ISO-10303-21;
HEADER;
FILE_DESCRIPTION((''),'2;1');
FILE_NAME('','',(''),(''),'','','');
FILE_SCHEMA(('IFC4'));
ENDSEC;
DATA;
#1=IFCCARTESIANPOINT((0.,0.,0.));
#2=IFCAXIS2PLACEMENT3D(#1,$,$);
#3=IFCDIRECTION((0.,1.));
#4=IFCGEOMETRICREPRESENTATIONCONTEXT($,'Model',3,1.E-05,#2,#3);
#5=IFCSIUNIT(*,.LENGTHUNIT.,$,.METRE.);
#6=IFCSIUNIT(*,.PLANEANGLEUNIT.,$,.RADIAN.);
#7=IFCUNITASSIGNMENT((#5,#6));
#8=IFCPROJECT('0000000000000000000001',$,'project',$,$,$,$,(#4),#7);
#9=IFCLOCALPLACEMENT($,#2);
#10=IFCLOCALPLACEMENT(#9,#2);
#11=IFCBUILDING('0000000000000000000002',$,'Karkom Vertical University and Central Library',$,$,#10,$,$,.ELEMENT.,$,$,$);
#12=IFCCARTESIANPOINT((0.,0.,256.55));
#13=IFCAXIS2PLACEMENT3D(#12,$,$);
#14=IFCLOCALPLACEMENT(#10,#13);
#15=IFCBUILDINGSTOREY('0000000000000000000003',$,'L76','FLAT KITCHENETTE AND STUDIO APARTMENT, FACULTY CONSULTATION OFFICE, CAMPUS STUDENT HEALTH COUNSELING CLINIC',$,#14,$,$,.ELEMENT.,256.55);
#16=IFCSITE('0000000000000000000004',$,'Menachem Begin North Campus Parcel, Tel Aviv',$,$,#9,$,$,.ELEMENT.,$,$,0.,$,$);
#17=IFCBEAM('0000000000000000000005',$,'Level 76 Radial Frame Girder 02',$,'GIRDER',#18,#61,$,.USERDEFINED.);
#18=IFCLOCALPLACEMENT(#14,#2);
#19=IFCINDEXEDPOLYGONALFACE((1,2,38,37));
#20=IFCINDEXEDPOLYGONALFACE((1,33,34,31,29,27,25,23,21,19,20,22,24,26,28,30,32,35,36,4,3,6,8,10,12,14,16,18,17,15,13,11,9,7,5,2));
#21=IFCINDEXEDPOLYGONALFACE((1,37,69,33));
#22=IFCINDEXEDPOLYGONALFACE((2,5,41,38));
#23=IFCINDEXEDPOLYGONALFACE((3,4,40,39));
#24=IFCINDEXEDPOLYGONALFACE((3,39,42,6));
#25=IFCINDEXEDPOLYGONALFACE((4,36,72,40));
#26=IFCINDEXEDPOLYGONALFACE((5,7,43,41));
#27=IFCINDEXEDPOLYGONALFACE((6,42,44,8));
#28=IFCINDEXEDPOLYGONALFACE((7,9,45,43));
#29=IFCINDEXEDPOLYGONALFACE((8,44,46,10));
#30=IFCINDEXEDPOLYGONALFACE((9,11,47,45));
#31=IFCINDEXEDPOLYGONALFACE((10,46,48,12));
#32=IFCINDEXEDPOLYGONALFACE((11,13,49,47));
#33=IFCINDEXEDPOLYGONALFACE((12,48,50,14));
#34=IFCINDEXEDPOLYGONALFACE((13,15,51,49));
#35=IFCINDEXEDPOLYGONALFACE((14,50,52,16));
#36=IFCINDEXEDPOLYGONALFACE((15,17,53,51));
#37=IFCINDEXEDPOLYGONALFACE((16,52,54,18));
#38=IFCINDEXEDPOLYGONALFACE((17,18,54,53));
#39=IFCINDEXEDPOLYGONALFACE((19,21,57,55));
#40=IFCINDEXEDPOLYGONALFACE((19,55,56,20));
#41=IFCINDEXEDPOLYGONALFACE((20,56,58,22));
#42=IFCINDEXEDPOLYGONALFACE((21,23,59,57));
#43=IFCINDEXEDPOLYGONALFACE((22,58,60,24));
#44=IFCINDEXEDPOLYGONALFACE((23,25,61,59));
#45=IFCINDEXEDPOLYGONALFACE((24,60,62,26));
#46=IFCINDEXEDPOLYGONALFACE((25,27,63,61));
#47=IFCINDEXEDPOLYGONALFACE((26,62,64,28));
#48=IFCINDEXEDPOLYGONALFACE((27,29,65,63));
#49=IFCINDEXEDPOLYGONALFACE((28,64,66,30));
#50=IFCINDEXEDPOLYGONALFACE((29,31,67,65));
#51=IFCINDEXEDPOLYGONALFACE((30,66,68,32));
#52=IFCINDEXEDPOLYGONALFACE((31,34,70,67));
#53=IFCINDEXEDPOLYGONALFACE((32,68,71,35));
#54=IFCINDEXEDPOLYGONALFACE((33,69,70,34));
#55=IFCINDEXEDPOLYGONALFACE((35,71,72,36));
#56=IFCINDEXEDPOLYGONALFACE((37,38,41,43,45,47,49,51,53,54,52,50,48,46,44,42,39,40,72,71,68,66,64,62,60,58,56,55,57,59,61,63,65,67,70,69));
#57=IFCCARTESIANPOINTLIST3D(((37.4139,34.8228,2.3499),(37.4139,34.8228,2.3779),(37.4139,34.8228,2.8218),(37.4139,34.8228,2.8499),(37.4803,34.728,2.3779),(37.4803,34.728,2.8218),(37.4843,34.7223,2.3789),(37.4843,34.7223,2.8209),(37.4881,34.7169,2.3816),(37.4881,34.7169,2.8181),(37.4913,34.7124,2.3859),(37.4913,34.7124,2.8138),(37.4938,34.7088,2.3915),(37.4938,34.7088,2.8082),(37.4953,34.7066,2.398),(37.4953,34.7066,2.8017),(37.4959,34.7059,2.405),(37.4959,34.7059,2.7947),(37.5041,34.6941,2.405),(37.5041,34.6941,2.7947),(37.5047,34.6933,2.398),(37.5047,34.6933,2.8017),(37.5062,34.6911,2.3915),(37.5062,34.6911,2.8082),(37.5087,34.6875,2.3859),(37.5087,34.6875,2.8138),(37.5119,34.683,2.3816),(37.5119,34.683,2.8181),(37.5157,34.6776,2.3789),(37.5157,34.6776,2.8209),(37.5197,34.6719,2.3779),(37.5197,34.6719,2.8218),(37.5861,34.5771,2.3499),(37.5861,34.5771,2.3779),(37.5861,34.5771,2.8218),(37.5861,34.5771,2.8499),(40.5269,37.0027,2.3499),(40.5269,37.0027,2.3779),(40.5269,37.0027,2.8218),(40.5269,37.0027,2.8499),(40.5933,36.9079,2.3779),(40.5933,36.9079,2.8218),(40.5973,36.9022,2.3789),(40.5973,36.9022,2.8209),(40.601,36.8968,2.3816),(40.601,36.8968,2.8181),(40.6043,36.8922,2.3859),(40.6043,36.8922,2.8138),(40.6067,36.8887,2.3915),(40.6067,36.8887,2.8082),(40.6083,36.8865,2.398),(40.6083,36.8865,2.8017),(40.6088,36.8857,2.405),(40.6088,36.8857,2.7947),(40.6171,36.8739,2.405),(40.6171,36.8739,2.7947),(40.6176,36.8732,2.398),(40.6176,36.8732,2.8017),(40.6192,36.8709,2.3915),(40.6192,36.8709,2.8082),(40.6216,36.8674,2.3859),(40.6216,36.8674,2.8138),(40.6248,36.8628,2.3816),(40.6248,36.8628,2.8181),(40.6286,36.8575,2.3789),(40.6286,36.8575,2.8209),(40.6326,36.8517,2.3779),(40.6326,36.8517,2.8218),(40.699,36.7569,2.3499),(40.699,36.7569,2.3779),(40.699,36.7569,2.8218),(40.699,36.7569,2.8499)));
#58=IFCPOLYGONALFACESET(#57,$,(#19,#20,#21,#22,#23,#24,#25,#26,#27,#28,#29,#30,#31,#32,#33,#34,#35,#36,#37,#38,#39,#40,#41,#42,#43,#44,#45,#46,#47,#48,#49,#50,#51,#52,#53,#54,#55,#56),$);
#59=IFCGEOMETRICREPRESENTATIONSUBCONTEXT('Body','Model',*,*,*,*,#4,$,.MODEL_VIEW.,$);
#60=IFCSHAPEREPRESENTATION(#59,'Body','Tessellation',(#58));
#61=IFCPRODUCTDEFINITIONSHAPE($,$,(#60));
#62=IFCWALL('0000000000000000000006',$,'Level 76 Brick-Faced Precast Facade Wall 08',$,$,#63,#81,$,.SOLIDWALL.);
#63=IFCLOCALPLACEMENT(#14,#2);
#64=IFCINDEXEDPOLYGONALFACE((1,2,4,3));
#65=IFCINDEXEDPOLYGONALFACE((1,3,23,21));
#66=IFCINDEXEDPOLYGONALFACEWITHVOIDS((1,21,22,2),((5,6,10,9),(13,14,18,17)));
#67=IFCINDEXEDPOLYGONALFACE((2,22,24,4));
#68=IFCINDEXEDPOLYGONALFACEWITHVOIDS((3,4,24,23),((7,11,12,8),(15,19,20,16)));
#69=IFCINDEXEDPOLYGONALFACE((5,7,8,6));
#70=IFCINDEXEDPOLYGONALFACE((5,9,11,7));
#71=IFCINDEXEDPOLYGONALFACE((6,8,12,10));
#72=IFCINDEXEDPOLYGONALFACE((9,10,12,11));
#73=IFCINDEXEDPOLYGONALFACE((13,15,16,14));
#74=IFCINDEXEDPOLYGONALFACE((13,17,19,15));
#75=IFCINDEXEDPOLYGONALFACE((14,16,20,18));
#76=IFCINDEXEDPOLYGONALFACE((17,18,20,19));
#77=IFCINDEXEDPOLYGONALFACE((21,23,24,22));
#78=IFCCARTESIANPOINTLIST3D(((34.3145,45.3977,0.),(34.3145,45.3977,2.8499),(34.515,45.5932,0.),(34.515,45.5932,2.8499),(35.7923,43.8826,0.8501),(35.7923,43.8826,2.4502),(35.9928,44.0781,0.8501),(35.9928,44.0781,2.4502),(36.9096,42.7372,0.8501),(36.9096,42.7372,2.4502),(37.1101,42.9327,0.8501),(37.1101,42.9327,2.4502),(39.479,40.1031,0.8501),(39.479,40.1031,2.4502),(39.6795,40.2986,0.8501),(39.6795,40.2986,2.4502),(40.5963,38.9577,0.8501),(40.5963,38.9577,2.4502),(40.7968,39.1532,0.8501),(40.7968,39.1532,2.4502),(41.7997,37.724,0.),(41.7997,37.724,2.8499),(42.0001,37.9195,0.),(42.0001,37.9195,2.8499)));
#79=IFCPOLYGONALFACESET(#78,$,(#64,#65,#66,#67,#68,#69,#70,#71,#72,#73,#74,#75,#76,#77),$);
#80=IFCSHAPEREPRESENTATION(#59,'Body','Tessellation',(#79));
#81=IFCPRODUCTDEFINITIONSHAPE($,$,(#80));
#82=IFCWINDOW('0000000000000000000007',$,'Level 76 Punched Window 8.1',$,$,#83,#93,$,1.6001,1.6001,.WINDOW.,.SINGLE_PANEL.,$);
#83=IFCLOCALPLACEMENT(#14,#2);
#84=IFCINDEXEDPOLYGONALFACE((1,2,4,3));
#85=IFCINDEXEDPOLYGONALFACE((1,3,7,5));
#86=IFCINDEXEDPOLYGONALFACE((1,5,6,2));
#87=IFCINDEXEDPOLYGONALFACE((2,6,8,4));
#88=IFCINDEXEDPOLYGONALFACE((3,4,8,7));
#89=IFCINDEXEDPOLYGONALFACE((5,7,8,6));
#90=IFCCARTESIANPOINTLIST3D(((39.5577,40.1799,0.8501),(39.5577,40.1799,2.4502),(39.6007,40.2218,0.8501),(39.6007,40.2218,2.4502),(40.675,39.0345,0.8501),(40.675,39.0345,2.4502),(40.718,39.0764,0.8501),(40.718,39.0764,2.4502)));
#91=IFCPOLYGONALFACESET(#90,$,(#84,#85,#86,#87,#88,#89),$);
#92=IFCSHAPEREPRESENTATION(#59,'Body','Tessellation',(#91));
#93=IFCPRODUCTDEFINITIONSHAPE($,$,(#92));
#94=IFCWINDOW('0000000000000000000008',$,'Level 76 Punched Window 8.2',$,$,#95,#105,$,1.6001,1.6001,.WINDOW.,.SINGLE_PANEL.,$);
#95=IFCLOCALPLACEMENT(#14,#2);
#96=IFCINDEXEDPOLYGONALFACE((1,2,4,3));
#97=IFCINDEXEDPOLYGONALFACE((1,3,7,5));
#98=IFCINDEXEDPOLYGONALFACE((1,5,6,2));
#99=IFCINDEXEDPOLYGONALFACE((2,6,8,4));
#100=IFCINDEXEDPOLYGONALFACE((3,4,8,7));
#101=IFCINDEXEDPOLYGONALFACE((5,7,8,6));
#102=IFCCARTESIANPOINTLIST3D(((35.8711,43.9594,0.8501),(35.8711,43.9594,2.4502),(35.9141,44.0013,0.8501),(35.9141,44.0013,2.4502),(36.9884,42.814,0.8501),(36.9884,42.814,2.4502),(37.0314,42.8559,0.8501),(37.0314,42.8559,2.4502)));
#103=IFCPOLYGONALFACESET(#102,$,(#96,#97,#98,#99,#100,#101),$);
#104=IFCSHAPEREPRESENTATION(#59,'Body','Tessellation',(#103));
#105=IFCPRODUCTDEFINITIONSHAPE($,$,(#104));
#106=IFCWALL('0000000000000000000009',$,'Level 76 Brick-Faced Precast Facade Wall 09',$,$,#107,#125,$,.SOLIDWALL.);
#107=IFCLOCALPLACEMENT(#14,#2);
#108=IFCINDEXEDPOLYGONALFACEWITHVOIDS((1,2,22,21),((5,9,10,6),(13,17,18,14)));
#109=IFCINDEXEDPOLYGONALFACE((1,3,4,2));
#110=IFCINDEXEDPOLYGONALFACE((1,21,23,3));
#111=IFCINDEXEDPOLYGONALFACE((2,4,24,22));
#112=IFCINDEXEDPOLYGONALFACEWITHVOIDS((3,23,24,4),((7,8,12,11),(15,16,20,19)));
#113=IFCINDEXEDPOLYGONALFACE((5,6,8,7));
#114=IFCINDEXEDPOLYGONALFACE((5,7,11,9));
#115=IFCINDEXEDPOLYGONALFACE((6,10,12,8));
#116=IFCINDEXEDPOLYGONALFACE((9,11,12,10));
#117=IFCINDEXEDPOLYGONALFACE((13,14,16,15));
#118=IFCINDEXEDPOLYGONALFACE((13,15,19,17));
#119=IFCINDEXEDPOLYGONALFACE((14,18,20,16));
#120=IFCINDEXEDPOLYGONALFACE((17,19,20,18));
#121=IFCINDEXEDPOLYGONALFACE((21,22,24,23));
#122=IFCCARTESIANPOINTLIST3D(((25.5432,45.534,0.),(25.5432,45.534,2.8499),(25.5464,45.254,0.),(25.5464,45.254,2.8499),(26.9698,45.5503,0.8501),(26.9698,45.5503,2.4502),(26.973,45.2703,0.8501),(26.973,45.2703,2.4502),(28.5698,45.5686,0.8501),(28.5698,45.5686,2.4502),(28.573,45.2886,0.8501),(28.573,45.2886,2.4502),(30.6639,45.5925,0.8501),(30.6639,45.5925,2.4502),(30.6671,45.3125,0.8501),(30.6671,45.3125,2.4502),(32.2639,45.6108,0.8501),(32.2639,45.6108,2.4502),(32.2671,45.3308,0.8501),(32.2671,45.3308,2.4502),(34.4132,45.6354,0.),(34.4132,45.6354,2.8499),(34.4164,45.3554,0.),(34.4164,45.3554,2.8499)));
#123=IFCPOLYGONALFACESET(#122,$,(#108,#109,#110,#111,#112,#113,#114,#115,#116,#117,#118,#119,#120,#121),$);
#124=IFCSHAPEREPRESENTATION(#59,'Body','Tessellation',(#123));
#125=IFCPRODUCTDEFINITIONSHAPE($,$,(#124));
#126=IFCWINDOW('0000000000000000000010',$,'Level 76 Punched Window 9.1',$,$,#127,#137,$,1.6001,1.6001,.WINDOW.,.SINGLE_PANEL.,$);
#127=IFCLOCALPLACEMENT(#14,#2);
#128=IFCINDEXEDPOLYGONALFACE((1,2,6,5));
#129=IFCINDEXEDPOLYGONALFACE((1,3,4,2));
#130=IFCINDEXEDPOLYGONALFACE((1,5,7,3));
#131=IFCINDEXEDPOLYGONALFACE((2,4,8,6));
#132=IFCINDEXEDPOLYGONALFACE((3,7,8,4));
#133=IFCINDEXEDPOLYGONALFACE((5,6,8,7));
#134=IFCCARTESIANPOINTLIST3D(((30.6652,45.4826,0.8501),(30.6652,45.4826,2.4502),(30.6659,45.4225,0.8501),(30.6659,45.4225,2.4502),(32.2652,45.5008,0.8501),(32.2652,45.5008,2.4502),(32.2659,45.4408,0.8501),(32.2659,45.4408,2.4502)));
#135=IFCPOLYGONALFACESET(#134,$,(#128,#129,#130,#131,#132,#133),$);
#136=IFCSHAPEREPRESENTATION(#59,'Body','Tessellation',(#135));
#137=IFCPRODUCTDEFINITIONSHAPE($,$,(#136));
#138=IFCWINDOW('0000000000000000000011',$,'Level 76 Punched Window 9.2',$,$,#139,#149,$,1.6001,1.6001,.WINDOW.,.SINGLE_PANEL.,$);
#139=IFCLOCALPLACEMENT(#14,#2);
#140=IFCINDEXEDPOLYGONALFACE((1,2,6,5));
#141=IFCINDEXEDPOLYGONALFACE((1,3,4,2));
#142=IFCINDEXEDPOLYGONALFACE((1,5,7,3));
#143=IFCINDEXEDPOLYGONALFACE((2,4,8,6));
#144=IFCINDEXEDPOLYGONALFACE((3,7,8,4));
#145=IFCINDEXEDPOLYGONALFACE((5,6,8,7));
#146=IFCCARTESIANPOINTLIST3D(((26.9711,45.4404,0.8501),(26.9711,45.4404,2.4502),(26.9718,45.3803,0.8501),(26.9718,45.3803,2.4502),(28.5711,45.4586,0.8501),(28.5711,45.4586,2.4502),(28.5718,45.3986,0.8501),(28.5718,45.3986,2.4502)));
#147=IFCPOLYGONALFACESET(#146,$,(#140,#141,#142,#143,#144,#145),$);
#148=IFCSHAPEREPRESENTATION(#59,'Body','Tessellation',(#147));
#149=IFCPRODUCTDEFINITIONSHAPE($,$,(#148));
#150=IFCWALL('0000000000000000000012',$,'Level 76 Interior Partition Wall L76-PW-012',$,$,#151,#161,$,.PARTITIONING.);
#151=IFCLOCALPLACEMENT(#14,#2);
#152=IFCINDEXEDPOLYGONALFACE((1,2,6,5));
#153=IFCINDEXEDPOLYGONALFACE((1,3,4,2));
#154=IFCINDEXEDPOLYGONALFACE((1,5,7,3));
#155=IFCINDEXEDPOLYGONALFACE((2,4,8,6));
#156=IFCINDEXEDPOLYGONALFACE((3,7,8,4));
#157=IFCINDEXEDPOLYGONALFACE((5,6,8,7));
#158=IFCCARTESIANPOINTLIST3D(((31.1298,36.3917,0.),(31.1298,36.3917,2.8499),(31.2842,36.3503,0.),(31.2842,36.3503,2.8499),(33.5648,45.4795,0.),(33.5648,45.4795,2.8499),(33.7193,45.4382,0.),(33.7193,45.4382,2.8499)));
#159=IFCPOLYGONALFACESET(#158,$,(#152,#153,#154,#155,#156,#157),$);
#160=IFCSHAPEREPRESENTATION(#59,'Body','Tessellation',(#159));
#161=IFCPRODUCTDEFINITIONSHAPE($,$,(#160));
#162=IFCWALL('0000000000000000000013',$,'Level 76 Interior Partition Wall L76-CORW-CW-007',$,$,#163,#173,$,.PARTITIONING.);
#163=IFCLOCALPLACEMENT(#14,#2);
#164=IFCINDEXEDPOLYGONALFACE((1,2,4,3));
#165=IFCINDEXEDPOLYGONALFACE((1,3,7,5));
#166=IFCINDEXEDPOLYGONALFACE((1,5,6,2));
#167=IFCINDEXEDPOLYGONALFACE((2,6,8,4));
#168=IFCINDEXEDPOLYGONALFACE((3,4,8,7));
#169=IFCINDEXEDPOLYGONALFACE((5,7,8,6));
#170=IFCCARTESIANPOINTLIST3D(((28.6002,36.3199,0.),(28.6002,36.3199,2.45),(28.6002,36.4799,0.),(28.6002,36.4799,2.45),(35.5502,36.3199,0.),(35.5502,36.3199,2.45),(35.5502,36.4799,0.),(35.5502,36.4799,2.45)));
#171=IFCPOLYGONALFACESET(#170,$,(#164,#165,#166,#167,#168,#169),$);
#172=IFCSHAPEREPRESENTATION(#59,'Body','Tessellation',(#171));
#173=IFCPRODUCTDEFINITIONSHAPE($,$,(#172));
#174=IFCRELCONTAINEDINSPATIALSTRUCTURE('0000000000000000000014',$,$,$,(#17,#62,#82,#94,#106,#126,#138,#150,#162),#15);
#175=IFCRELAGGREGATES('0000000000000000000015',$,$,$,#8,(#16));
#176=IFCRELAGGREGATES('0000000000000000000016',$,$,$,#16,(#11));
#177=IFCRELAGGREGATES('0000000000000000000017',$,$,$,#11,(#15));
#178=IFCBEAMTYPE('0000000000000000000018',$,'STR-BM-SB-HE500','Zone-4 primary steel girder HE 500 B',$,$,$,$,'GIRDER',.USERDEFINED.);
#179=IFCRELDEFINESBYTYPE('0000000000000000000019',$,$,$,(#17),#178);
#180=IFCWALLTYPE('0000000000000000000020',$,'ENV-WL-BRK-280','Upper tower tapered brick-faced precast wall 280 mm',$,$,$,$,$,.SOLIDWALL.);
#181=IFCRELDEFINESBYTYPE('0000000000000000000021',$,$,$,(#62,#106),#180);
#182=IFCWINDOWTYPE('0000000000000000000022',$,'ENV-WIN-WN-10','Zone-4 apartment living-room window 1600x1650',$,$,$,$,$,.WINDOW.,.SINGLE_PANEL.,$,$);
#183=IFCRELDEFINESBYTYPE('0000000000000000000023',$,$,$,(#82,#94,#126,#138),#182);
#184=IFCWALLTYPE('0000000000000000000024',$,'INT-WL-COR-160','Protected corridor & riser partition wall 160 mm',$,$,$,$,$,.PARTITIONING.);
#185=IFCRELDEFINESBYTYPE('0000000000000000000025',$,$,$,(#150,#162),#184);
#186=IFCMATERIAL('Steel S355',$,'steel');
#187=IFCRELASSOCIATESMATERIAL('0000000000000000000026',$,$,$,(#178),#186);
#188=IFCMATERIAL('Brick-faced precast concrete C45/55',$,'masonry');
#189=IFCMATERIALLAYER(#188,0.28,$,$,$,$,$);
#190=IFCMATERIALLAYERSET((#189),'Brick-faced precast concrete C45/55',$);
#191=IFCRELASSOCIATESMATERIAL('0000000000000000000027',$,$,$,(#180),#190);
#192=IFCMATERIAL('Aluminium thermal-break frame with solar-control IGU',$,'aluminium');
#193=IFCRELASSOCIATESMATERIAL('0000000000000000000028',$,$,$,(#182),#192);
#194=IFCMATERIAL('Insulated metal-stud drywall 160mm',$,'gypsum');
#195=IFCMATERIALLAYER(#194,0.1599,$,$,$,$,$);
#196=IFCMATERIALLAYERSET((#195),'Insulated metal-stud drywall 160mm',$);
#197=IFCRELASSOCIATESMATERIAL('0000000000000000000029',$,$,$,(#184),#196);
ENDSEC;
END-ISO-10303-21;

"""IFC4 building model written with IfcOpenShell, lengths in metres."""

from ifc_helpers import new_model, si_unit, direction, frame, frame_2d, origin, origin_with_axes, origin_2d, place, context, subcontext, project, spatial, rectangle, i_section, extrude, source, transform, mapped, material, layer, layer_set, material_profile, profile_set, type_object, element, fill, save


model = new_model("IFC4")

# Units and contexts
model_context = context("Model", 3, precision=1e-05, world=origin(), true_north=direction((0.0, 1.0)))
body_context = subcontext(model_context, "Body", "Model", "MODEL_VIEW")
ifc_project = project(units=[si_unit("LENGTHUNIT", "METRE"), si_unit("PLANEANGLEUNIT", "RADIAN")], contexts=[model_context])

# Site, building, storey
site_placement = place(None, origin())
site = spatial("IfcSite", under=ifc_project, at=site_placement, Name="Menachem Begin North Campus Parcel, Tel Aviv", CompositionType="ELEMENT", RefElevation=0.0)
building_placement = place(site_placement, origin())
building = spatial("IfcBuilding", under=site, at=building_placement, Name="Karkom Vertical University and Central Library", CompositionType="ELEMENT")
storey_placement = place(building_placement, frame((0.0, 0.0, 256.55)))
storey = spatial("IfcBuildingStorey", under=building, at=storey_placement, Name="L76", Description="FLAT KITCHENETTE AND STUDIO APARTMENT, FACULTY CONSULTATION OFFICE, CAMPUS STUDENT HEALTH COUNSELING CLINIC", CompositionType="ELEMENT", Elevation=256.55)

# Beam
ifc_material_1 = material(Name="Steel S355", Category="steel")
ifc_material_profile_1 = material_profile(ifc_material_1, i_section(OverallWidth=0.3, OverallDepth=0.5, WebThickness=0.0144, FlangeThickness=0.0281, FilletRadius=0.0271, at=origin_2d()), Name="HE 500 B")
ifc_profile_set_1 = profile_set([ifc_material_profile_1], Name="Steel S355")
beam_type_1 = type_object("IfcBeamType", Name="STR-BM-SB-HE500", Description="Zone-4 primary steel girder HE 500 B", ElementType="GIRDER", PredefinedType="USERDEFINED", material=ifc_profile_set_1)
shared_shape_1 = source(origin_with_axes(), body_context, "Body", "SweptSolid", [
    extrude(i_section(OverallWidth=0.3, OverallDepth=0.5, WebThickness=0.0144, FlangeThickness=0.0281, FilletRadius=0.0271, at=origin_2d()), origin(), (0.0, 0.0, 1.0), 3.8003),
])
beam_1_placement = place(storey_placement, frame((37.5, 34.7, 2.5999), z_axis=(0.819132, 0.573605, 0.0), x_axis=(-0.573605, 0.819132, 0.0)))
element("IfcBeam", 1, at=beam_1_placement, inside=storey, type_object=beam_type_1, Name="Level 76 Radial Frame Girder 02", ObjectType="GIRDER", PredefinedType="USERDEFINED", context=body_context, shape_type="MappedRepresentation", body=[
    mapped(shared_shape_1, transform((0.0, 0.0, 0.0), scale=1.0)),
])

# Walls, openings, windows
ifc_material_2 = material(Name="Brick-faced precast concrete C45/55", Category="masonry")
ifc_layer_1 = layer(ifc_material_2, 0.28)
ifc_layer_set_1 = layer_set([ifc_layer_1], Name="Brick-faced precast concrete C45/55")
wall_type_1 = type_object("IfcWallType", Name="ENV-WL-BRK-280", Description="Upper tower tapered brick-faced precast wall 280 mm", PredefinedType="SOLIDWALL", material=ifc_layer_set_1)
wall_1_placement = place(storey_placement, frame((41.8999, 37.8218, 0.0), z_axis=(0.0, 0.0, 1.0), x_axis=(-0.698261, 0.715843, 0.0)))
wall_1 = element("IfcWall", 2, at=wall_1_placement, inside=storey, type_object=wall_type_1, Name="Level 76 Brick-Faced Precast Facade Wall 08", PredefinedType="SOLIDWALL", context=body_context, shape_type="SweptSolid", body=[
    extrude(rectangle(XDim=10.7197, YDim=0.28, at=frame_2d((5.3599, 0.0))), origin(), (0.0, 0.0, 1.0), 2.8499),
])
opening_1_placement = place(wall_1_placement, frame((1.7234, 0.0, 0.8501)))
opening_1 = element("IfcOpeningElement", 3, at=opening_1_placement, cuts=wall_1, PredefinedType="OPENING", context=body_context, shape_type="SweptSolid", body=[
    extrude(rectangle(XDim=1.6001, YDim=1.6001, at=frame_2d((0.8, 0.8))), frame((0.0, 0.1499, 0.0), z_axis=(0.0, -1.0, 0.0), x_axis=(1.0, 0.0, 0.0)), (0.0, 0.0, 1.0), 0.3),
])
opening_2_placement = place(wall_1_placement, frame((7.0032, 0.0, 0.8501)))
opening_2 = element("IfcOpeningElement", 4, at=opening_2_placement, cuts=wall_1, PredefinedType="OPENING", context=body_context, shape_type="SweptSolid", body=[
    extrude(rectangle(XDim=1.6001, YDim=1.6001, at=frame_2d((0.8, 0.8))), frame((0.0, 0.1499, 0.0), z_axis=(0.0, -1.0, 0.0), x_axis=(1.0, 0.0, 0.0)), (0.0, 0.0, 1.0), 0.3),
])
ifc_material_3 = material(Name="Aluminium thermal-break frame with solar-control IGU", Category="aluminium")
window_type = type_object("IfcWindowType", Name="ENV-WIN-WN-10", Description="Zone-4 apartment living-room window 1600x1650", PartitioningType="SINGLE_PANEL", PredefinedType="WINDOW", material=ifc_material_3)
shared_shape_2 = source(origin_with_axes(), body_context, "Body", "SweptSolid", [
    extrude(rectangle(XDim=1.6001, YDim=1.6001, at=frame_2d((0.8, 0.8))), frame((0.0, 0.03, 0.0), z_axis=(0.0, -1.0, 0.0), x_axis=(1.0, 0.0, 0.0)), (0.0, 0.0, 1.0), 0.0601),
])
window_1_placement = place(opening_1_placement, origin())
window_1 = element("IfcWindow", 5, at=window_1_placement, inside=storey, type_object=window_type, Name="Level 76 Punched Window 8.1", OverallHeight=1.6001, OverallWidth=1.6001, PartitioningType="SINGLE_PANEL", PredefinedType="WINDOW", context=body_context, shape_type="MappedRepresentation", body=[
    mapped(shared_shape_2, transform((0.0, 0.0, 0.0), scale=1.0)),
])
fill(opening_1, window_1)
window_2_placement = place(opening_2_placement, origin())
window_2 = element("IfcWindow", 6, at=window_2_placement, inside=storey, type_object=window_type, Name="Level 76 Punched Window 8.2", OverallHeight=1.6001, OverallWidth=1.6001, PartitioningType="SINGLE_PANEL", PredefinedType="WINDOW", context=body_context, shape_type="MappedRepresentation", body=[
    mapped(shared_shape_2, transform((0.0, 0.0, 0.0), scale=1.0)),
])
fill(opening_2, window_2)
wall_2_placement = place(storey_placement, frame((34.4148, 45.4954, 0.0), z_axis=(0.0, 0.0, 1.0), x_axis=(-0.999935, -0.011422, 0.0)))
wall_2 = element("IfcWall", 7, at=wall_2_placement, inside=storey, type_object=wall_type_1, Name="Level 76 Brick-Faced Precast Facade Wall 09", PredefinedType="SOLIDWALL", context=body_context, shape_type="SweptSolid", body=[
    extrude(rectangle(XDim=8.8706, YDim=0.28, at=frame_2d((4.4353, 0.0))), origin(), (0.0, 0.0, 1.0), 2.8499),
])
opening_3_placement = place(wall_2_placement, frame((2.1494, 0.0, 0.8501)))
opening_3 = element("IfcOpeningElement", 8, at=opening_3_placement, cuts=wall_2, PredefinedType="OPENING", context=body_context, shape_type="SweptSolid", body=[
    extrude(rectangle(XDim=1.6001, YDim=1.6001, at=frame_2d((0.8, 0.8))), frame((0.0, 0.1499, 0.0), z_axis=(0.0, -1.0, 0.0), x_axis=(1.0, 0.0, 0.0)), (0.0, 0.0, 1.0), 0.3),
])
opening_4_placement = place(wall_2_placement, frame((5.8438, 0.0, 0.8501)))
opening_4 = element("IfcOpeningElement", 9, at=opening_4_placement, cuts=wall_2, PredefinedType="OPENING", context=body_context, shape_type="SweptSolid", body=[
    extrude(rectangle(XDim=1.6001, YDim=1.6001, at=frame_2d((0.8, 0.8))), frame((0.0, 0.1499, 0.0), z_axis=(0.0, -1.0, 0.0), x_axis=(1.0, 0.0, 0.0)), (0.0, 0.0, 1.0), 0.3),
])
window_3_placement = place(opening_3_placement, origin())
window_3 = element("IfcWindow", 10, at=window_3_placement, inside=storey, type_object=window_type, Name="Level 76 Punched Window 9.1", OverallHeight=1.6001, OverallWidth=1.6001, PartitioningType="SINGLE_PANEL", PredefinedType="WINDOW", context=body_context, shape_type="MappedRepresentation", body=[
    mapped(shared_shape_2, transform((0.0, 0.0, 0.0), scale=1.0)),
])
fill(opening_3, window_3)
window_4_placement = place(opening_4_placement, origin())
window_4 = element("IfcWindow", 11, at=window_4_placement, inside=storey, type_object=window_type, Name="Level 76 Punched Window 9.2", OverallHeight=1.6001, OverallWidth=1.6001, PartitioningType="SINGLE_PANEL", PredefinedType="WINDOW", context=body_context, shape_type="MappedRepresentation", body=[
    mapped(shared_shape_2, transform((0.0, 0.0, 0.0), scale=1.0)),
])
fill(opening_4, window_4)

# Walls
ifc_material_4 = material(Name="Insulated metal-stud drywall 160mm", Category="gypsum")
ifc_layer_2 = layer(ifc_material_4, 0.1599)
ifc_layer_set_2 = layer_set([ifc_layer_2], Name="Insulated metal-stud drywall 160mm")
wall_type_2 = type_object("IfcWallType", Name="INT-WL-COR-160", Description="Protected corridor & riser partition wall 160 mm", PredefinedType="PARTITIONING", material=ifc_layer_set_2)
wall_3_placement = place(storey_placement, frame((31.207, 36.3711, 0.0), z_axis=(0.0, 0.0, 1.0), x_axis=(0.258816, 0.965927, 0.0)))
element("IfcWall", 12, at=wall_3_placement, inside=storey, type_object=wall_type_2, Name="Level 76 Interior Partition Wall L76-PW-012", PredefinedType="PARTITIONING", context=body_context, shape_type="SweptSolid", body=[
    extrude(rectangle(XDim=9.4084, YDim=0.1599, at=frame_2d((4.7041, 0.0))), origin(), (0.0, 0.0, 1.0), 2.8499),
])
wall_4_placement = place(storey_placement, frame((28.6001, 36.3999, 0.0), z_axis=(0.0, 0.0, 1.0), x_axis=(1.0, 0.0, 0.0)))
element("IfcWall", 13, at=wall_4_placement, inside=storey, type_object=wall_type_2, Name="Level 76 Interior Partition Wall L76-CORW-CW-007", PredefinedType="PARTITIONING", context=body_context, shape_type="SweptSolid", body=[
    extrude(rectangle(XDim=6.95, YDim=0.1599, at=frame_2d((3.4751, 0.0))), origin(), (0.0, 0.0, 1.0), 2.45),
])

save(model, "model.ifc")
